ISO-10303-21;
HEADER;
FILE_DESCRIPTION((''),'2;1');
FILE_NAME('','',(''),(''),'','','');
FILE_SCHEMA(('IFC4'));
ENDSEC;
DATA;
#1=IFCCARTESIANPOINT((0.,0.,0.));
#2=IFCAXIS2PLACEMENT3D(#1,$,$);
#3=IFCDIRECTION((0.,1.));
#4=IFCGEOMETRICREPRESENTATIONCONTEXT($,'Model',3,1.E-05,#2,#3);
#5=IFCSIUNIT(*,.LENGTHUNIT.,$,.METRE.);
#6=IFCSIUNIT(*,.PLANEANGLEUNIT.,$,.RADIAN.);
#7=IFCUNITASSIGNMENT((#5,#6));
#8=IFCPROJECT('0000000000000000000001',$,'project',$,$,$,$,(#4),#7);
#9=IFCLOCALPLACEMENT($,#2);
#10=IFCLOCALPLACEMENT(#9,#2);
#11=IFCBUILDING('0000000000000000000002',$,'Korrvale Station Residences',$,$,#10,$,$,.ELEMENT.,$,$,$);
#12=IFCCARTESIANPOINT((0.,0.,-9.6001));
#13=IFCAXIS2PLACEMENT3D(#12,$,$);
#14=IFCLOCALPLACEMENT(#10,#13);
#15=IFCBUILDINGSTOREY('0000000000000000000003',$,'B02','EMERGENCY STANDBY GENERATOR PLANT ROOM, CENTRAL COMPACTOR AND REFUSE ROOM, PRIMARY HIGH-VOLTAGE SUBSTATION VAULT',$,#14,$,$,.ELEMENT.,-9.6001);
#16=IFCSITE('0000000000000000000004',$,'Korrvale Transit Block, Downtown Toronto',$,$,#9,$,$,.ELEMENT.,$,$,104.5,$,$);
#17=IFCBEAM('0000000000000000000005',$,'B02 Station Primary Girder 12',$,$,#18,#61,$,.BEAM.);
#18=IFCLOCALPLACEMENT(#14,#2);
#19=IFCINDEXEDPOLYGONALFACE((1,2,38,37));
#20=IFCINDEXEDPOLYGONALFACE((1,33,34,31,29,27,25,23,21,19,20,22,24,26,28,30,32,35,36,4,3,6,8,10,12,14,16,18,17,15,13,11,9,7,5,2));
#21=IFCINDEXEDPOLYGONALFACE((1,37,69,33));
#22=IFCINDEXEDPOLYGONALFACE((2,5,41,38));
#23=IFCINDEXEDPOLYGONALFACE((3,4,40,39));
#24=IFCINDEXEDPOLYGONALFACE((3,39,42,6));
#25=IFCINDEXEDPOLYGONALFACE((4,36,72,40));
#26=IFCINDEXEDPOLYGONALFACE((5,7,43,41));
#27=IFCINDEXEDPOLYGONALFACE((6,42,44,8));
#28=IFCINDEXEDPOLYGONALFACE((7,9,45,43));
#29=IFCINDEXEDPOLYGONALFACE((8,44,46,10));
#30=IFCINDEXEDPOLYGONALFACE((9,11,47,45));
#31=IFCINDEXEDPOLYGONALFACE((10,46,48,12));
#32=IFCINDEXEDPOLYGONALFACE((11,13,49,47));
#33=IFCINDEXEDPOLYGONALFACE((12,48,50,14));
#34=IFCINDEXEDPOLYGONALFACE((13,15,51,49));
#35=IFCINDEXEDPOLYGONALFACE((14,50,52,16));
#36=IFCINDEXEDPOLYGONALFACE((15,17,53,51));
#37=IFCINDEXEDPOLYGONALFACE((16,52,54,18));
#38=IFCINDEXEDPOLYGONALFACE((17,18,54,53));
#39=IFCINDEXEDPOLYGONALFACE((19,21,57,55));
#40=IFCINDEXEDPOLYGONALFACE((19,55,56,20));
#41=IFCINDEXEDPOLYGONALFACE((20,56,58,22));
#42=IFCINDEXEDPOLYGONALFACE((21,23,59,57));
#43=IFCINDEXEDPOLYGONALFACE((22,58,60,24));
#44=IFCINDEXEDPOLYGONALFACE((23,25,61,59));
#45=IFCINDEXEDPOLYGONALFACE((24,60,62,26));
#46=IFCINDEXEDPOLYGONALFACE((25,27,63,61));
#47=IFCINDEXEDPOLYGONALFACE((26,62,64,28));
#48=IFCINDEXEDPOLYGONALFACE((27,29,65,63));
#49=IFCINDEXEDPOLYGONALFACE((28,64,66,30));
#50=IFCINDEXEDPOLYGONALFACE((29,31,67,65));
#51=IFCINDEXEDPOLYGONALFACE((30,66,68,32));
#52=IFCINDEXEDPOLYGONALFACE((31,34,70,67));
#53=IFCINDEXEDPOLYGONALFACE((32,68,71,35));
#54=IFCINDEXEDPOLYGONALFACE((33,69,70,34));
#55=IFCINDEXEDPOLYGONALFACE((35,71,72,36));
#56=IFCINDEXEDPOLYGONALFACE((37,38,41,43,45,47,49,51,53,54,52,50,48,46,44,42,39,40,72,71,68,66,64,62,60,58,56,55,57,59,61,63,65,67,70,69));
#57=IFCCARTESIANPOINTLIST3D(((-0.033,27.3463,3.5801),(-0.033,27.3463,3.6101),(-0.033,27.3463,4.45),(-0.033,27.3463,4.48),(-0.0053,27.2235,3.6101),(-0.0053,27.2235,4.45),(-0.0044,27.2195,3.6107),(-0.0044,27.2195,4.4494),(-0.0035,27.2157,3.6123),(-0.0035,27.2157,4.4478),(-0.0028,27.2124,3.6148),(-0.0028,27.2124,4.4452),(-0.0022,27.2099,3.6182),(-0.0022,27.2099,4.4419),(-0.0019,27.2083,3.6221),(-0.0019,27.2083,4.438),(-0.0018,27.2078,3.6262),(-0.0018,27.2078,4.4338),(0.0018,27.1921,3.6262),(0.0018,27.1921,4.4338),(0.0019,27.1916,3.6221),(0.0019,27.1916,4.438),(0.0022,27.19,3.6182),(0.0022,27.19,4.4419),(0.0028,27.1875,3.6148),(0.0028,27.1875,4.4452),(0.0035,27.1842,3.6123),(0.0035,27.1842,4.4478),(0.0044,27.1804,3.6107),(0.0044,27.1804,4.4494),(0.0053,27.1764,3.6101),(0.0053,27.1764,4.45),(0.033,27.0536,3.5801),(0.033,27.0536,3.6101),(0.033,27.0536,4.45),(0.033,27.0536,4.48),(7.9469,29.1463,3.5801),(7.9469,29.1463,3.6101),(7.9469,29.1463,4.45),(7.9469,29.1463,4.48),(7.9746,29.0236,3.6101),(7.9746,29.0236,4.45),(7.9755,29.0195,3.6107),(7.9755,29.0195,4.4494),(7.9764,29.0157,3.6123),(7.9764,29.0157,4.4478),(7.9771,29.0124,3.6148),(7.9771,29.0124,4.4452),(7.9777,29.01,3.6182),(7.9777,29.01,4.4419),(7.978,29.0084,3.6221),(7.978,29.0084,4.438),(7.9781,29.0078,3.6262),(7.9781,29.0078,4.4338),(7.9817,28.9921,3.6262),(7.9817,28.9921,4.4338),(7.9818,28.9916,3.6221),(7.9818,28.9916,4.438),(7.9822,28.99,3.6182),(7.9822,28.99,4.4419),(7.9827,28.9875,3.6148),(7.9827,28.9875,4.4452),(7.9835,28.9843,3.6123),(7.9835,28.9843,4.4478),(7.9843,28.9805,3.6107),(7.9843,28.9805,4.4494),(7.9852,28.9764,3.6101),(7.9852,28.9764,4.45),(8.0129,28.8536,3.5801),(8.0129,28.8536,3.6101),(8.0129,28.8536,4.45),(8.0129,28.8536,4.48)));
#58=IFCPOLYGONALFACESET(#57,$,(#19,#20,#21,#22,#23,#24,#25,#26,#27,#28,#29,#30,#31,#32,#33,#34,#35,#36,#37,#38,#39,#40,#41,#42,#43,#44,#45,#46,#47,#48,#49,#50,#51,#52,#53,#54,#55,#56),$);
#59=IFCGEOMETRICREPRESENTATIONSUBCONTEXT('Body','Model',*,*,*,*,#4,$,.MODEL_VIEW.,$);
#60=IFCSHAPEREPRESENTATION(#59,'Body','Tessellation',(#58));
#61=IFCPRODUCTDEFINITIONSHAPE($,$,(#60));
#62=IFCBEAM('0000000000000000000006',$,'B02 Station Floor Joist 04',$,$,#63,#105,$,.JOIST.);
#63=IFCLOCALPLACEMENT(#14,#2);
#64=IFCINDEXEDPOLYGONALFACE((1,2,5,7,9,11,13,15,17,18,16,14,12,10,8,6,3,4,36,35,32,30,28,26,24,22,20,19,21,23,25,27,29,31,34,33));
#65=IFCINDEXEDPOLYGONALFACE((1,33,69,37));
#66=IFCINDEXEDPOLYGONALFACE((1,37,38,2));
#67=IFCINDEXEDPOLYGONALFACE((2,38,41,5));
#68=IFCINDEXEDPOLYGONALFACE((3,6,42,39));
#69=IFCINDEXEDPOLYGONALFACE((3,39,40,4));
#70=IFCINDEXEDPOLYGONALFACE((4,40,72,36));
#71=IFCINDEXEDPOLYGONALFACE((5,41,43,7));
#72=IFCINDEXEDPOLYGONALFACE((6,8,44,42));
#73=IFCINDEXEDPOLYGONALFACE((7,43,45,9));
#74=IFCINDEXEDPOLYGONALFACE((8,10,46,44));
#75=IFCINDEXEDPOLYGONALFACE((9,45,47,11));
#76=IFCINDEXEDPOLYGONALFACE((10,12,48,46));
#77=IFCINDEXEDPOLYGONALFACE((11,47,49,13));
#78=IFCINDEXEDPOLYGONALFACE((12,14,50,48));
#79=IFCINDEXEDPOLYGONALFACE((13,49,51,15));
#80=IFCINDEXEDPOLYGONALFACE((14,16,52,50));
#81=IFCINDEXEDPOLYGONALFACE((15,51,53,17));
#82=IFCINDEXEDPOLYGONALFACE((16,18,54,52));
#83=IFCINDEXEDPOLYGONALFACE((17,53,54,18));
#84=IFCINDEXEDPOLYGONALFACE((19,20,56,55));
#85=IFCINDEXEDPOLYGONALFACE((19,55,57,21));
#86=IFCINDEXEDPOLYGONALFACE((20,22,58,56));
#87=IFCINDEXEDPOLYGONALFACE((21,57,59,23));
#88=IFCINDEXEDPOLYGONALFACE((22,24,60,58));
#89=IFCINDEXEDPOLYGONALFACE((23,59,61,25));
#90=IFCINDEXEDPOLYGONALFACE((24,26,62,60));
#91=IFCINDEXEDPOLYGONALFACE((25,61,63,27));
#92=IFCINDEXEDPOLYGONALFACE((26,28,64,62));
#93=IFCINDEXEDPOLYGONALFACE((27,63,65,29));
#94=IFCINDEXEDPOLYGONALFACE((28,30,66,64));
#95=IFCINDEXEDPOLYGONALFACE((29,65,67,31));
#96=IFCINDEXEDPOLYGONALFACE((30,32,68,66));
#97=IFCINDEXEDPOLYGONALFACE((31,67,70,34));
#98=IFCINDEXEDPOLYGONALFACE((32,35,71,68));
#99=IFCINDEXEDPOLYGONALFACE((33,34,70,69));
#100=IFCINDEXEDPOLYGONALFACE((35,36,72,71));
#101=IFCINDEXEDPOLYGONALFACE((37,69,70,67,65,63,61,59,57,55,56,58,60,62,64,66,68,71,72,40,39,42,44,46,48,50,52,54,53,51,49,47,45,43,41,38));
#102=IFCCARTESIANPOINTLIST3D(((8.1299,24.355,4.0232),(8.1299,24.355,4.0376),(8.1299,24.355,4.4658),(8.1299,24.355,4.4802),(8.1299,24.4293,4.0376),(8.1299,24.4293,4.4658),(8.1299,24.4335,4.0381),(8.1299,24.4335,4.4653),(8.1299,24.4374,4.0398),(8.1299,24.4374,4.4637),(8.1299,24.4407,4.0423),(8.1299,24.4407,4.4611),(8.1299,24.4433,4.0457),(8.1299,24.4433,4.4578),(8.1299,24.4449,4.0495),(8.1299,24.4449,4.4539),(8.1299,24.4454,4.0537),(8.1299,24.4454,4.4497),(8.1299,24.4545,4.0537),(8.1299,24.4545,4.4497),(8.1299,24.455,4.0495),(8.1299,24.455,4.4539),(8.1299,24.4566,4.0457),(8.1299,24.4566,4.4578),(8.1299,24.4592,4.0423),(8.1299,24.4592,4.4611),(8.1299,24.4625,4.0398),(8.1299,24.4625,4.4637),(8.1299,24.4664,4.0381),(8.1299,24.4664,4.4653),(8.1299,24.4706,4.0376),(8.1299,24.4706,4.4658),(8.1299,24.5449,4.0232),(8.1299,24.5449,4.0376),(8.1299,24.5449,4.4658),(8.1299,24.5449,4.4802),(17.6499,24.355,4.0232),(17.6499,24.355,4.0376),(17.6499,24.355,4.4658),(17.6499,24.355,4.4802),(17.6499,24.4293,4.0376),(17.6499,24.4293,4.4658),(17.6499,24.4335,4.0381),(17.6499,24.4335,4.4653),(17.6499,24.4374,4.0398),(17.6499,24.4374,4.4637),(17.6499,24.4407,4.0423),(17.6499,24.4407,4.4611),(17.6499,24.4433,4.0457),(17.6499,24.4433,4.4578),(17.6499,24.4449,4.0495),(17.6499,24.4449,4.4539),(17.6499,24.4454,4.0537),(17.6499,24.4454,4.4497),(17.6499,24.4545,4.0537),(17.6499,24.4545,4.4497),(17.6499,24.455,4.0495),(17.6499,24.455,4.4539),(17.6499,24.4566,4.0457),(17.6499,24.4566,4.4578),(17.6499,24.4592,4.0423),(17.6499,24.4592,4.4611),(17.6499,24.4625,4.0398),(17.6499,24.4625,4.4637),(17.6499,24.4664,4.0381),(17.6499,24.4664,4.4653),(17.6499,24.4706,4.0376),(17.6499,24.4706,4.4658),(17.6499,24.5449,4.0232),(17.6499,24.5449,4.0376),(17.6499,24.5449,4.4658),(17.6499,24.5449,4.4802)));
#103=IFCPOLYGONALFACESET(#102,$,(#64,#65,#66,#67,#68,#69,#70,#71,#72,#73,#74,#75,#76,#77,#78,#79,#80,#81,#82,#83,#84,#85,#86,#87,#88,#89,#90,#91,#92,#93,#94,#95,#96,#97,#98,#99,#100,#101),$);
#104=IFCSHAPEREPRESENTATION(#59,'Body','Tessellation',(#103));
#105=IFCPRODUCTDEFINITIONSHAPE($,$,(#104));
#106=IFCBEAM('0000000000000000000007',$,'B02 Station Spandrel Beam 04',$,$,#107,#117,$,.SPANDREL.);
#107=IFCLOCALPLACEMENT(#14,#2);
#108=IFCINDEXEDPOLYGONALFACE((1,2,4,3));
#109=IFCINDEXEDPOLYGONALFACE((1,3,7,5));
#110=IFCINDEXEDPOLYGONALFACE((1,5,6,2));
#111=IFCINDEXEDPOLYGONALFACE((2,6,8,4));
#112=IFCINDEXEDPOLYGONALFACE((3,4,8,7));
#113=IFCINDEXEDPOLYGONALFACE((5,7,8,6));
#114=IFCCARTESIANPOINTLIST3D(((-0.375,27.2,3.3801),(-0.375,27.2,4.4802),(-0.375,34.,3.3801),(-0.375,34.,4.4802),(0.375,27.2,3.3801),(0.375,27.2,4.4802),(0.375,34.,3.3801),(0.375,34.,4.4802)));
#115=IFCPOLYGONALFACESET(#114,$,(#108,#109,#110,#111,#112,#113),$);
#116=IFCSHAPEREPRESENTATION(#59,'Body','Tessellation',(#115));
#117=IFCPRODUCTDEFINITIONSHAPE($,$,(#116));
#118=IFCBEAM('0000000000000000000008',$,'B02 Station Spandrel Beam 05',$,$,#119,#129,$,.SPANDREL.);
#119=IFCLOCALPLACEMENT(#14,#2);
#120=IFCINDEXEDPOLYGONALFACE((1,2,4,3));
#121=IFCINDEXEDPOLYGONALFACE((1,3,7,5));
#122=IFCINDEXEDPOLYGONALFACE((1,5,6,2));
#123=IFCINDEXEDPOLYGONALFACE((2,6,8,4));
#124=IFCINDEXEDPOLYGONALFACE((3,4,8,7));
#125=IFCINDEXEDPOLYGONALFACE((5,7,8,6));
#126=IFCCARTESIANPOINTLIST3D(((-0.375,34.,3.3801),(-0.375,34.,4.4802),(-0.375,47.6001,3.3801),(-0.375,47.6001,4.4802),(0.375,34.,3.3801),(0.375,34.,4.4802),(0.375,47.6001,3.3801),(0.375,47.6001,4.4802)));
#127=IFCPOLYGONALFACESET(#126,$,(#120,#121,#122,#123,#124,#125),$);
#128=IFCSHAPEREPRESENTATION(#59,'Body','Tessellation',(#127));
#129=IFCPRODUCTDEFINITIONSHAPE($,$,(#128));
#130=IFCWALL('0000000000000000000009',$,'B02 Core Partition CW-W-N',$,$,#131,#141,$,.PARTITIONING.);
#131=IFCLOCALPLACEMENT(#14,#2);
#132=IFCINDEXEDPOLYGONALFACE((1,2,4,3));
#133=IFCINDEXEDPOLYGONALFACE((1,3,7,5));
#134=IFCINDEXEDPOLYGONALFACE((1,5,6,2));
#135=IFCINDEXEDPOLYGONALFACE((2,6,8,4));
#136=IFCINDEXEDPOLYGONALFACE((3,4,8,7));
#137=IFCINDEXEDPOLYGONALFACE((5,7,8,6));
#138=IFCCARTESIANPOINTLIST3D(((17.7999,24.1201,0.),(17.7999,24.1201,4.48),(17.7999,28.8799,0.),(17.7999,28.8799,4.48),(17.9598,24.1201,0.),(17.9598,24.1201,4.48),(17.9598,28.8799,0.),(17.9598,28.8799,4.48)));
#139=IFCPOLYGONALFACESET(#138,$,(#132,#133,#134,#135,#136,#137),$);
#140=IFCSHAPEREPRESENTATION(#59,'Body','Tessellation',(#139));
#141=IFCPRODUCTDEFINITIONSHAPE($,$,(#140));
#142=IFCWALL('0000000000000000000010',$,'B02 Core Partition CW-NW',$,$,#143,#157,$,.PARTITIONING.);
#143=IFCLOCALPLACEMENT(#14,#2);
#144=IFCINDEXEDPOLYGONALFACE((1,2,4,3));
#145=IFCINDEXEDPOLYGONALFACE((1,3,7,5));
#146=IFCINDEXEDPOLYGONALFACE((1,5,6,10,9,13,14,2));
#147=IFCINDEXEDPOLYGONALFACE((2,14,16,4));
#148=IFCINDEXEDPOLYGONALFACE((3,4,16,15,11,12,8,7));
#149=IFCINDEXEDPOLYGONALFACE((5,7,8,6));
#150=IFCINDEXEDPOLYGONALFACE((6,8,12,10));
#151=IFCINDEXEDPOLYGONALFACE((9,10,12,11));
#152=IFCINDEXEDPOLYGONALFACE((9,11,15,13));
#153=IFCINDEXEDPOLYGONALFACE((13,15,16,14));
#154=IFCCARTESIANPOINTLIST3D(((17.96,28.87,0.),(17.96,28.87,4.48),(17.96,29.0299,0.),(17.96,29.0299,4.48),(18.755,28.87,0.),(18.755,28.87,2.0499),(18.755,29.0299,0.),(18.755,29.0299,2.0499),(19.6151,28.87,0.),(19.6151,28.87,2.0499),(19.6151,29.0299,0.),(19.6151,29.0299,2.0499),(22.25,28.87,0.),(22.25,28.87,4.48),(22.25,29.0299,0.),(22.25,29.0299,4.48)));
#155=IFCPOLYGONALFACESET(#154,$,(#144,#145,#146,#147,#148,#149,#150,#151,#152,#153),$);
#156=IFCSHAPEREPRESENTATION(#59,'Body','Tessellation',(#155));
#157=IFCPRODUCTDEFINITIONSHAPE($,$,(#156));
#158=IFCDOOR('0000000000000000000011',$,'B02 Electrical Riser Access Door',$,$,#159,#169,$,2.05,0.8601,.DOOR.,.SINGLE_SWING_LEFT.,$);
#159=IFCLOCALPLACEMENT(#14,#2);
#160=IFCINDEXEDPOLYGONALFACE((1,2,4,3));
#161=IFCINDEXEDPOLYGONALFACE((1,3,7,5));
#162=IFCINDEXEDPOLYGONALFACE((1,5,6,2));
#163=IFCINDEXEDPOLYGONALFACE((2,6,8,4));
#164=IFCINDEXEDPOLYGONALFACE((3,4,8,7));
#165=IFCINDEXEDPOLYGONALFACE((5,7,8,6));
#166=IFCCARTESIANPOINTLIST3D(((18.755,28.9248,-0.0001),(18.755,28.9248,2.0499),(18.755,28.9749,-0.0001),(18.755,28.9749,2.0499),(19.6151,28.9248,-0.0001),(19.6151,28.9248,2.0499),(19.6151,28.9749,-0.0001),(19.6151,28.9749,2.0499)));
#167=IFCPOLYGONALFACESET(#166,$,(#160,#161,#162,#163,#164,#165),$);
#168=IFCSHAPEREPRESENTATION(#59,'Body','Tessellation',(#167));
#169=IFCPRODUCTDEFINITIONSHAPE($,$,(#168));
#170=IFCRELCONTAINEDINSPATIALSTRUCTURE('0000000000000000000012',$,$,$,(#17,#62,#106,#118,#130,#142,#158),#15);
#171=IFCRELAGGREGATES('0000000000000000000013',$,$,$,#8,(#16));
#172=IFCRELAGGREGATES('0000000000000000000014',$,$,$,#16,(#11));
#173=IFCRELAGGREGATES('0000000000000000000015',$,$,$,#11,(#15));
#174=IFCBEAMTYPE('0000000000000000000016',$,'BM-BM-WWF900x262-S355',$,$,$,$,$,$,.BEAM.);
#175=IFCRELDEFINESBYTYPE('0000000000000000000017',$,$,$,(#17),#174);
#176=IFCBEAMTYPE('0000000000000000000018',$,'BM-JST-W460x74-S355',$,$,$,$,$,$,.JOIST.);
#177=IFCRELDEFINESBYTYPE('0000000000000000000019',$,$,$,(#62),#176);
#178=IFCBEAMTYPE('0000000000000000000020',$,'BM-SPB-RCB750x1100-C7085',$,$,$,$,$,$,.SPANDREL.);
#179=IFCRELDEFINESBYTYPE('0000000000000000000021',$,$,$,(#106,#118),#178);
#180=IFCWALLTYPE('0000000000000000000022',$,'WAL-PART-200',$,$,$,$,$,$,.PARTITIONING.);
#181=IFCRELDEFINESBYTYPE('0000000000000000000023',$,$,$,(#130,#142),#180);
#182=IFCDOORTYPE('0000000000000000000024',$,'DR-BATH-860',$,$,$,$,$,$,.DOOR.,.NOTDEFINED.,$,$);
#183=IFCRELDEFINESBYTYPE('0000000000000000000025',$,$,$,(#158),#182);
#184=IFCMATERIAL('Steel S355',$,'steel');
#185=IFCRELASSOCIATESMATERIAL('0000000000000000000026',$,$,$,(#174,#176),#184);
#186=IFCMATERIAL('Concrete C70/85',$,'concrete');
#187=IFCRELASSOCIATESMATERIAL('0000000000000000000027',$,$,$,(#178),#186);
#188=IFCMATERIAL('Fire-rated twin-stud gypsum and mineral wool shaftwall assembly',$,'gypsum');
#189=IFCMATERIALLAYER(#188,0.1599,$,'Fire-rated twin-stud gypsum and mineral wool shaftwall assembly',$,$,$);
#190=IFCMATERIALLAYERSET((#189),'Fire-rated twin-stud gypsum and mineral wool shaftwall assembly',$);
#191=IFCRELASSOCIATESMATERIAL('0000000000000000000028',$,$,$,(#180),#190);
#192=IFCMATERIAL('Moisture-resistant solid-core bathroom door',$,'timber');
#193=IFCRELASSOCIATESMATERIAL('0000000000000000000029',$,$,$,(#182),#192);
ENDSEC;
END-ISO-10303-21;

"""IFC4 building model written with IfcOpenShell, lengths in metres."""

from ifc_helpers import new_model, si_unit, direction, frame, frame_2d, origin, origin_2d, place, context, subcontext, project, spatial, rectangle, i_section, extrude, material, layer, layer_set, material_profile, profile_set, type_object, element, fill, save


model = new_model("IFC4")

# Units and contexts
model_context = context("Model", 3, precision=1e-05, world=origin(), true_north=direction((0.0, 1.0)))
body_context = subcontext(model_context, "Body", "Model", "MODEL_VIEW")
ifc_project = project(units=[si_unit("LENGTHUNIT", "METRE"), si_unit("PLANEANGLEUNIT", "RADIAN")], contexts=[model_context])

# Site, building, storey
site_placement = place(None, origin())
site = spatial("IfcSite", under=ifc_project, at=site_placement, Name="Korrvale Transit Block, Downtown Toronto", CompositionType="ELEMENT", RefElevation=104.5)
building_placement = place(site_placement, origin())
building = spatial("IfcBuilding", under=site, at=building_placement, Name="Korrvale Station Residences", CompositionType="ELEMENT")
storey_placement = place(building_placement, frame((0.0, 0.0, -9.6001)))
storey = spatial("IfcBuildingStorey", under=building, at=storey_placement, Name="B02", Description="EMERGENCY STANDBY GENERATOR PLANT ROOM, CENTRAL COMPACTOR AND REFUSE ROOM, PRIMARY HIGH-VOLTAGE SUBSTATION VAULT", CompositionType="ELEMENT", Elevation=-9.6001)

# Shared definitions
ifc_material_1 = material(Name="Concrete C70/85", Category="concrete")

# Beams
ifc_material_2 = material(Name="Steel S355", Category="steel")
ifc_material_profile_1 = material_profile(ifc_material_2, i_section(OverallWidth=0.3, OverallDepth=0.8999, WebThickness=0.0161, FlangeThickness=0.03, FilletRadius=0.0161, at=origin_2d()), Name="WWF900x262")
ifc_profile_set_1 = profile_set([ifc_material_profile_1], Name="Steel S355")
beam_type_1 = type_object("IfcBeamType", Name="BM-BM-WWF900x262-S355", PredefinedType="BEAM", material=ifc_profile_set_1)
beam_1_placement = place(storey_placement, frame((0.0, 27.2, 4.03), z_axis=(0.97549, 0.220042, 0.0), x_axis=(-0.220042, 0.97549, 0.0)))
element("IfcBeam", 1, at=beam_1_placement, inside=storey, type_object=beam_type_1, Name="B02 Station Primary Girder 12", PredefinedType="BEAM", context=body_context, shape_type="SweptSolid", body=[
    extrude(i_section(OverallWidth=0.3, OverallDepth=0.8999, WebThickness=0.0161, FlangeThickness=0.03, FilletRadius=0.0161, at=origin_2d()), origin(), (0.0, 0.0, 1.0), 8.1804),
])
ifc_material_profile_2 = material_profile(ifc_material_2, i_section(OverallWidth=0.1899, OverallDepth=0.457, WebThickness=0.009, FlangeThickness=0.0144, FilletRadius=0.0161, at=origin_2d()), Name="W460x74")
ifc_profile_set_2 = profile_set([ifc_material_profile_2], Name="Steel S355")
beam_type_2 = type_object("IfcBeamType", Name="BM-JST-W460x74-S355", PredefinedType="JOIST", material=ifc_profile_set_2)
beam_2_placement = place(storey_placement, frame((8.1299, 24.45, 4.2517), z_axis=(1.0, 0.0, 0.0), x_axis=(0.0, 1.0, 0.0)))
element("IfcBeam", 2, at=beam_2_placement, inside=storey, type_object=beam_type_2, Name="B02 Station Floor Joist 04", PredefinedType="JOIST", context=body_context, shape_type="SweptSolid", body=[
    extrude(i_section(OverallWidth=0.1899, OverallDepth=0.457, WebThickness=0.009, FlangeThickness=0.0144, FilletRadius=0.0161, at=origin_2d()), origin(), (0.0, 0.0, 1.0), 9.52),
])
ifc_material_profile_3 = material_profile(ifc_material_1, rectangle(XDim=0.75, YDim=1.1001, at=origin_2d()), Name="RCB750x1100")
ifc_profile_set_3 = profile_set([ifc_material_profile_3], Name="Concrete C70/85")
beam_type_3 = type_object("IfcBeamType", Name="BM-SPB-RCB750x1100-C7085", PredefinedType="SPANDREL", material=ifc_profile_set_3)
beam_3_placement = place(storey_placement, frame((0.0, 27.2, 3.9302), z_axis=(0.0, 1.0, 0.0), x_axis=(-1.0, 0.0, 0.0)))
element("IfcBeam", 3, at=beam_3_placement, inside=storey, type_object=beam_type_3, Name="B02 Station Spandrel Beam 04", PredefinedType="SPANDREL", context=body_context, shape_type="SweptSolid", body=[
    extrude(rectangle(XDim=0.75, YDim=1.1001, at=origin_2d()), origin(), (0.0, 0.0, 1.0), 6.8),
])
beam_4_placement = place(storey_placement, frame((0.0, 34.0, 3.9302), z_axis=(0.0, 1.0, 0.0), x_axis=(-1.0, 0.0, 0.0)))
element("IfcBeam", 4, at=beam_4_placement, inside=storey, type_object=beam_type_3, Name="B02 Station Spandrel Beam 05", PredefinedType="SPANDREL", context=body_context, shape_type="SweptSolid", body=[
    extrude(rectangle(XDim=0.75, YDim=1.1001, at=origin_2d()), origin(), (0.0, 0.0, 1.0), 13.6001),
])

# Wall
ifc_material_3 = material(Name="Fire-rated twin-stud gypsum and mineral wool shaftwall assembly", Category="gypsum")
ifc_layer = layer(ifc_material_3, 0.1599, Name="Fire-rated twin-stud gypsum and mineral wool shaftwall assembly")
ifc_layer_set = layer_set([ifc_layer], Name="Fire-rated twin-stud gypsum and mineral wool shaftwall assembly")
wall_type = type_object("IfcWallType", Name="WAL-PART-200", PredefinedType="PARTITIONING", material=ifc_layer_set)
wall_1_placement = place(storey_placement, frame((17.8799, 24.1201, 0.0), z_axis=(0.0, 0.0, 1.0), x_axis=(0.0, 1.0, 0.0)))
element("IfcWall", 5, at=wall_1_placement, inside=storey, type_object=wall_type, Name="B02 Core Partition CW-W-N", PredefinedType="PARTITIONING", context=body_context, shape_type="SweptSolid", body=[
    extrude(rectangle(XDim=4.7598, YDim=0.1599, at=frame_2d((2.3799, 0.0))), origin(), (0.0, 0.0, 1.0), 4.48),
])

# Wall, opening, door
wall_2_placement = place(storey_placement, frame((17.96, 28.95, 0.0), z_axis=(0.0, 0.0, 1.0), x_axis=(1.0, 0.0, 0.0)))
wall_2 = element("IfcWall", 6, at=wall_2_placement, inside=storey, type_object=wall_type, Name="B02 Core Partition CW-NW", PredefinedType="PARTITIONING", context=body_context, shape_type="SweptSolid", body=[
    extrude(rectangle(XDim=4.29, YDim=0.1599, at=frame_2d((2.145, 0.0))), origin(), (0.0, 0.0, 1.0), 4.48),
])
opening_1_placement = place(wall_2_placement, frame((0.7949, 0.0, 0.0)))
opening_1 = element("IfcOpeningElement", 7, at=opening_1_placement, cuts=wall_2, PredefinedType="OPENING", context=body_context, shape_type="SweptSolid", body=[
    extrude(rectangle(XDim=0.8601, YDim=2.05, at=frame_2d((0.4302, 1.0249))), frame((0.0, 0.0898, 0.0), z_axis=(0.0, -1.0, 0.0), x_axis=(1.0, 0.0, 0.0)), (0.0, 0.0, 1.0), 0.1799),
])
ifc_material_4 = material(Name="Moisture-resistant solid-core bathroom door", Category="timber")
door_type_1 = type_object("IfcDoorType", Name="DR-BATH-860", OperationType="NOTDEFINED", PredefinedType="DOOR", material=ifc_material_4)
door_1_placement = place(opening_1_placement, origin())
door_1 = element("IfcDoor", 8, at=door_1_placement, inside=storey, type_object=door_type_1, Name="B02 Electrical Riser Access Door", OperationType="SINGLE_SWING_LEFT", OverallHeight=2.05, OverallWidth=0.8601, PredefinedType="DOOR", context=body_context, shape_type="SweptSolid", body=[
    extrude(rectangle(XDim=0.8601, YDim=2.05, at=frame_2d((0.4302, 1.0249))), frame((0.0, 0.0249, 0.0), z_axis=(0.0, -1.0, 0.0), x_axis=(1.0, 0.0, 0.0)), (0.0, 0.0, 1.0), 0.05),
])
fill(opening_1, door_1)

save(model, "model.ifc")
